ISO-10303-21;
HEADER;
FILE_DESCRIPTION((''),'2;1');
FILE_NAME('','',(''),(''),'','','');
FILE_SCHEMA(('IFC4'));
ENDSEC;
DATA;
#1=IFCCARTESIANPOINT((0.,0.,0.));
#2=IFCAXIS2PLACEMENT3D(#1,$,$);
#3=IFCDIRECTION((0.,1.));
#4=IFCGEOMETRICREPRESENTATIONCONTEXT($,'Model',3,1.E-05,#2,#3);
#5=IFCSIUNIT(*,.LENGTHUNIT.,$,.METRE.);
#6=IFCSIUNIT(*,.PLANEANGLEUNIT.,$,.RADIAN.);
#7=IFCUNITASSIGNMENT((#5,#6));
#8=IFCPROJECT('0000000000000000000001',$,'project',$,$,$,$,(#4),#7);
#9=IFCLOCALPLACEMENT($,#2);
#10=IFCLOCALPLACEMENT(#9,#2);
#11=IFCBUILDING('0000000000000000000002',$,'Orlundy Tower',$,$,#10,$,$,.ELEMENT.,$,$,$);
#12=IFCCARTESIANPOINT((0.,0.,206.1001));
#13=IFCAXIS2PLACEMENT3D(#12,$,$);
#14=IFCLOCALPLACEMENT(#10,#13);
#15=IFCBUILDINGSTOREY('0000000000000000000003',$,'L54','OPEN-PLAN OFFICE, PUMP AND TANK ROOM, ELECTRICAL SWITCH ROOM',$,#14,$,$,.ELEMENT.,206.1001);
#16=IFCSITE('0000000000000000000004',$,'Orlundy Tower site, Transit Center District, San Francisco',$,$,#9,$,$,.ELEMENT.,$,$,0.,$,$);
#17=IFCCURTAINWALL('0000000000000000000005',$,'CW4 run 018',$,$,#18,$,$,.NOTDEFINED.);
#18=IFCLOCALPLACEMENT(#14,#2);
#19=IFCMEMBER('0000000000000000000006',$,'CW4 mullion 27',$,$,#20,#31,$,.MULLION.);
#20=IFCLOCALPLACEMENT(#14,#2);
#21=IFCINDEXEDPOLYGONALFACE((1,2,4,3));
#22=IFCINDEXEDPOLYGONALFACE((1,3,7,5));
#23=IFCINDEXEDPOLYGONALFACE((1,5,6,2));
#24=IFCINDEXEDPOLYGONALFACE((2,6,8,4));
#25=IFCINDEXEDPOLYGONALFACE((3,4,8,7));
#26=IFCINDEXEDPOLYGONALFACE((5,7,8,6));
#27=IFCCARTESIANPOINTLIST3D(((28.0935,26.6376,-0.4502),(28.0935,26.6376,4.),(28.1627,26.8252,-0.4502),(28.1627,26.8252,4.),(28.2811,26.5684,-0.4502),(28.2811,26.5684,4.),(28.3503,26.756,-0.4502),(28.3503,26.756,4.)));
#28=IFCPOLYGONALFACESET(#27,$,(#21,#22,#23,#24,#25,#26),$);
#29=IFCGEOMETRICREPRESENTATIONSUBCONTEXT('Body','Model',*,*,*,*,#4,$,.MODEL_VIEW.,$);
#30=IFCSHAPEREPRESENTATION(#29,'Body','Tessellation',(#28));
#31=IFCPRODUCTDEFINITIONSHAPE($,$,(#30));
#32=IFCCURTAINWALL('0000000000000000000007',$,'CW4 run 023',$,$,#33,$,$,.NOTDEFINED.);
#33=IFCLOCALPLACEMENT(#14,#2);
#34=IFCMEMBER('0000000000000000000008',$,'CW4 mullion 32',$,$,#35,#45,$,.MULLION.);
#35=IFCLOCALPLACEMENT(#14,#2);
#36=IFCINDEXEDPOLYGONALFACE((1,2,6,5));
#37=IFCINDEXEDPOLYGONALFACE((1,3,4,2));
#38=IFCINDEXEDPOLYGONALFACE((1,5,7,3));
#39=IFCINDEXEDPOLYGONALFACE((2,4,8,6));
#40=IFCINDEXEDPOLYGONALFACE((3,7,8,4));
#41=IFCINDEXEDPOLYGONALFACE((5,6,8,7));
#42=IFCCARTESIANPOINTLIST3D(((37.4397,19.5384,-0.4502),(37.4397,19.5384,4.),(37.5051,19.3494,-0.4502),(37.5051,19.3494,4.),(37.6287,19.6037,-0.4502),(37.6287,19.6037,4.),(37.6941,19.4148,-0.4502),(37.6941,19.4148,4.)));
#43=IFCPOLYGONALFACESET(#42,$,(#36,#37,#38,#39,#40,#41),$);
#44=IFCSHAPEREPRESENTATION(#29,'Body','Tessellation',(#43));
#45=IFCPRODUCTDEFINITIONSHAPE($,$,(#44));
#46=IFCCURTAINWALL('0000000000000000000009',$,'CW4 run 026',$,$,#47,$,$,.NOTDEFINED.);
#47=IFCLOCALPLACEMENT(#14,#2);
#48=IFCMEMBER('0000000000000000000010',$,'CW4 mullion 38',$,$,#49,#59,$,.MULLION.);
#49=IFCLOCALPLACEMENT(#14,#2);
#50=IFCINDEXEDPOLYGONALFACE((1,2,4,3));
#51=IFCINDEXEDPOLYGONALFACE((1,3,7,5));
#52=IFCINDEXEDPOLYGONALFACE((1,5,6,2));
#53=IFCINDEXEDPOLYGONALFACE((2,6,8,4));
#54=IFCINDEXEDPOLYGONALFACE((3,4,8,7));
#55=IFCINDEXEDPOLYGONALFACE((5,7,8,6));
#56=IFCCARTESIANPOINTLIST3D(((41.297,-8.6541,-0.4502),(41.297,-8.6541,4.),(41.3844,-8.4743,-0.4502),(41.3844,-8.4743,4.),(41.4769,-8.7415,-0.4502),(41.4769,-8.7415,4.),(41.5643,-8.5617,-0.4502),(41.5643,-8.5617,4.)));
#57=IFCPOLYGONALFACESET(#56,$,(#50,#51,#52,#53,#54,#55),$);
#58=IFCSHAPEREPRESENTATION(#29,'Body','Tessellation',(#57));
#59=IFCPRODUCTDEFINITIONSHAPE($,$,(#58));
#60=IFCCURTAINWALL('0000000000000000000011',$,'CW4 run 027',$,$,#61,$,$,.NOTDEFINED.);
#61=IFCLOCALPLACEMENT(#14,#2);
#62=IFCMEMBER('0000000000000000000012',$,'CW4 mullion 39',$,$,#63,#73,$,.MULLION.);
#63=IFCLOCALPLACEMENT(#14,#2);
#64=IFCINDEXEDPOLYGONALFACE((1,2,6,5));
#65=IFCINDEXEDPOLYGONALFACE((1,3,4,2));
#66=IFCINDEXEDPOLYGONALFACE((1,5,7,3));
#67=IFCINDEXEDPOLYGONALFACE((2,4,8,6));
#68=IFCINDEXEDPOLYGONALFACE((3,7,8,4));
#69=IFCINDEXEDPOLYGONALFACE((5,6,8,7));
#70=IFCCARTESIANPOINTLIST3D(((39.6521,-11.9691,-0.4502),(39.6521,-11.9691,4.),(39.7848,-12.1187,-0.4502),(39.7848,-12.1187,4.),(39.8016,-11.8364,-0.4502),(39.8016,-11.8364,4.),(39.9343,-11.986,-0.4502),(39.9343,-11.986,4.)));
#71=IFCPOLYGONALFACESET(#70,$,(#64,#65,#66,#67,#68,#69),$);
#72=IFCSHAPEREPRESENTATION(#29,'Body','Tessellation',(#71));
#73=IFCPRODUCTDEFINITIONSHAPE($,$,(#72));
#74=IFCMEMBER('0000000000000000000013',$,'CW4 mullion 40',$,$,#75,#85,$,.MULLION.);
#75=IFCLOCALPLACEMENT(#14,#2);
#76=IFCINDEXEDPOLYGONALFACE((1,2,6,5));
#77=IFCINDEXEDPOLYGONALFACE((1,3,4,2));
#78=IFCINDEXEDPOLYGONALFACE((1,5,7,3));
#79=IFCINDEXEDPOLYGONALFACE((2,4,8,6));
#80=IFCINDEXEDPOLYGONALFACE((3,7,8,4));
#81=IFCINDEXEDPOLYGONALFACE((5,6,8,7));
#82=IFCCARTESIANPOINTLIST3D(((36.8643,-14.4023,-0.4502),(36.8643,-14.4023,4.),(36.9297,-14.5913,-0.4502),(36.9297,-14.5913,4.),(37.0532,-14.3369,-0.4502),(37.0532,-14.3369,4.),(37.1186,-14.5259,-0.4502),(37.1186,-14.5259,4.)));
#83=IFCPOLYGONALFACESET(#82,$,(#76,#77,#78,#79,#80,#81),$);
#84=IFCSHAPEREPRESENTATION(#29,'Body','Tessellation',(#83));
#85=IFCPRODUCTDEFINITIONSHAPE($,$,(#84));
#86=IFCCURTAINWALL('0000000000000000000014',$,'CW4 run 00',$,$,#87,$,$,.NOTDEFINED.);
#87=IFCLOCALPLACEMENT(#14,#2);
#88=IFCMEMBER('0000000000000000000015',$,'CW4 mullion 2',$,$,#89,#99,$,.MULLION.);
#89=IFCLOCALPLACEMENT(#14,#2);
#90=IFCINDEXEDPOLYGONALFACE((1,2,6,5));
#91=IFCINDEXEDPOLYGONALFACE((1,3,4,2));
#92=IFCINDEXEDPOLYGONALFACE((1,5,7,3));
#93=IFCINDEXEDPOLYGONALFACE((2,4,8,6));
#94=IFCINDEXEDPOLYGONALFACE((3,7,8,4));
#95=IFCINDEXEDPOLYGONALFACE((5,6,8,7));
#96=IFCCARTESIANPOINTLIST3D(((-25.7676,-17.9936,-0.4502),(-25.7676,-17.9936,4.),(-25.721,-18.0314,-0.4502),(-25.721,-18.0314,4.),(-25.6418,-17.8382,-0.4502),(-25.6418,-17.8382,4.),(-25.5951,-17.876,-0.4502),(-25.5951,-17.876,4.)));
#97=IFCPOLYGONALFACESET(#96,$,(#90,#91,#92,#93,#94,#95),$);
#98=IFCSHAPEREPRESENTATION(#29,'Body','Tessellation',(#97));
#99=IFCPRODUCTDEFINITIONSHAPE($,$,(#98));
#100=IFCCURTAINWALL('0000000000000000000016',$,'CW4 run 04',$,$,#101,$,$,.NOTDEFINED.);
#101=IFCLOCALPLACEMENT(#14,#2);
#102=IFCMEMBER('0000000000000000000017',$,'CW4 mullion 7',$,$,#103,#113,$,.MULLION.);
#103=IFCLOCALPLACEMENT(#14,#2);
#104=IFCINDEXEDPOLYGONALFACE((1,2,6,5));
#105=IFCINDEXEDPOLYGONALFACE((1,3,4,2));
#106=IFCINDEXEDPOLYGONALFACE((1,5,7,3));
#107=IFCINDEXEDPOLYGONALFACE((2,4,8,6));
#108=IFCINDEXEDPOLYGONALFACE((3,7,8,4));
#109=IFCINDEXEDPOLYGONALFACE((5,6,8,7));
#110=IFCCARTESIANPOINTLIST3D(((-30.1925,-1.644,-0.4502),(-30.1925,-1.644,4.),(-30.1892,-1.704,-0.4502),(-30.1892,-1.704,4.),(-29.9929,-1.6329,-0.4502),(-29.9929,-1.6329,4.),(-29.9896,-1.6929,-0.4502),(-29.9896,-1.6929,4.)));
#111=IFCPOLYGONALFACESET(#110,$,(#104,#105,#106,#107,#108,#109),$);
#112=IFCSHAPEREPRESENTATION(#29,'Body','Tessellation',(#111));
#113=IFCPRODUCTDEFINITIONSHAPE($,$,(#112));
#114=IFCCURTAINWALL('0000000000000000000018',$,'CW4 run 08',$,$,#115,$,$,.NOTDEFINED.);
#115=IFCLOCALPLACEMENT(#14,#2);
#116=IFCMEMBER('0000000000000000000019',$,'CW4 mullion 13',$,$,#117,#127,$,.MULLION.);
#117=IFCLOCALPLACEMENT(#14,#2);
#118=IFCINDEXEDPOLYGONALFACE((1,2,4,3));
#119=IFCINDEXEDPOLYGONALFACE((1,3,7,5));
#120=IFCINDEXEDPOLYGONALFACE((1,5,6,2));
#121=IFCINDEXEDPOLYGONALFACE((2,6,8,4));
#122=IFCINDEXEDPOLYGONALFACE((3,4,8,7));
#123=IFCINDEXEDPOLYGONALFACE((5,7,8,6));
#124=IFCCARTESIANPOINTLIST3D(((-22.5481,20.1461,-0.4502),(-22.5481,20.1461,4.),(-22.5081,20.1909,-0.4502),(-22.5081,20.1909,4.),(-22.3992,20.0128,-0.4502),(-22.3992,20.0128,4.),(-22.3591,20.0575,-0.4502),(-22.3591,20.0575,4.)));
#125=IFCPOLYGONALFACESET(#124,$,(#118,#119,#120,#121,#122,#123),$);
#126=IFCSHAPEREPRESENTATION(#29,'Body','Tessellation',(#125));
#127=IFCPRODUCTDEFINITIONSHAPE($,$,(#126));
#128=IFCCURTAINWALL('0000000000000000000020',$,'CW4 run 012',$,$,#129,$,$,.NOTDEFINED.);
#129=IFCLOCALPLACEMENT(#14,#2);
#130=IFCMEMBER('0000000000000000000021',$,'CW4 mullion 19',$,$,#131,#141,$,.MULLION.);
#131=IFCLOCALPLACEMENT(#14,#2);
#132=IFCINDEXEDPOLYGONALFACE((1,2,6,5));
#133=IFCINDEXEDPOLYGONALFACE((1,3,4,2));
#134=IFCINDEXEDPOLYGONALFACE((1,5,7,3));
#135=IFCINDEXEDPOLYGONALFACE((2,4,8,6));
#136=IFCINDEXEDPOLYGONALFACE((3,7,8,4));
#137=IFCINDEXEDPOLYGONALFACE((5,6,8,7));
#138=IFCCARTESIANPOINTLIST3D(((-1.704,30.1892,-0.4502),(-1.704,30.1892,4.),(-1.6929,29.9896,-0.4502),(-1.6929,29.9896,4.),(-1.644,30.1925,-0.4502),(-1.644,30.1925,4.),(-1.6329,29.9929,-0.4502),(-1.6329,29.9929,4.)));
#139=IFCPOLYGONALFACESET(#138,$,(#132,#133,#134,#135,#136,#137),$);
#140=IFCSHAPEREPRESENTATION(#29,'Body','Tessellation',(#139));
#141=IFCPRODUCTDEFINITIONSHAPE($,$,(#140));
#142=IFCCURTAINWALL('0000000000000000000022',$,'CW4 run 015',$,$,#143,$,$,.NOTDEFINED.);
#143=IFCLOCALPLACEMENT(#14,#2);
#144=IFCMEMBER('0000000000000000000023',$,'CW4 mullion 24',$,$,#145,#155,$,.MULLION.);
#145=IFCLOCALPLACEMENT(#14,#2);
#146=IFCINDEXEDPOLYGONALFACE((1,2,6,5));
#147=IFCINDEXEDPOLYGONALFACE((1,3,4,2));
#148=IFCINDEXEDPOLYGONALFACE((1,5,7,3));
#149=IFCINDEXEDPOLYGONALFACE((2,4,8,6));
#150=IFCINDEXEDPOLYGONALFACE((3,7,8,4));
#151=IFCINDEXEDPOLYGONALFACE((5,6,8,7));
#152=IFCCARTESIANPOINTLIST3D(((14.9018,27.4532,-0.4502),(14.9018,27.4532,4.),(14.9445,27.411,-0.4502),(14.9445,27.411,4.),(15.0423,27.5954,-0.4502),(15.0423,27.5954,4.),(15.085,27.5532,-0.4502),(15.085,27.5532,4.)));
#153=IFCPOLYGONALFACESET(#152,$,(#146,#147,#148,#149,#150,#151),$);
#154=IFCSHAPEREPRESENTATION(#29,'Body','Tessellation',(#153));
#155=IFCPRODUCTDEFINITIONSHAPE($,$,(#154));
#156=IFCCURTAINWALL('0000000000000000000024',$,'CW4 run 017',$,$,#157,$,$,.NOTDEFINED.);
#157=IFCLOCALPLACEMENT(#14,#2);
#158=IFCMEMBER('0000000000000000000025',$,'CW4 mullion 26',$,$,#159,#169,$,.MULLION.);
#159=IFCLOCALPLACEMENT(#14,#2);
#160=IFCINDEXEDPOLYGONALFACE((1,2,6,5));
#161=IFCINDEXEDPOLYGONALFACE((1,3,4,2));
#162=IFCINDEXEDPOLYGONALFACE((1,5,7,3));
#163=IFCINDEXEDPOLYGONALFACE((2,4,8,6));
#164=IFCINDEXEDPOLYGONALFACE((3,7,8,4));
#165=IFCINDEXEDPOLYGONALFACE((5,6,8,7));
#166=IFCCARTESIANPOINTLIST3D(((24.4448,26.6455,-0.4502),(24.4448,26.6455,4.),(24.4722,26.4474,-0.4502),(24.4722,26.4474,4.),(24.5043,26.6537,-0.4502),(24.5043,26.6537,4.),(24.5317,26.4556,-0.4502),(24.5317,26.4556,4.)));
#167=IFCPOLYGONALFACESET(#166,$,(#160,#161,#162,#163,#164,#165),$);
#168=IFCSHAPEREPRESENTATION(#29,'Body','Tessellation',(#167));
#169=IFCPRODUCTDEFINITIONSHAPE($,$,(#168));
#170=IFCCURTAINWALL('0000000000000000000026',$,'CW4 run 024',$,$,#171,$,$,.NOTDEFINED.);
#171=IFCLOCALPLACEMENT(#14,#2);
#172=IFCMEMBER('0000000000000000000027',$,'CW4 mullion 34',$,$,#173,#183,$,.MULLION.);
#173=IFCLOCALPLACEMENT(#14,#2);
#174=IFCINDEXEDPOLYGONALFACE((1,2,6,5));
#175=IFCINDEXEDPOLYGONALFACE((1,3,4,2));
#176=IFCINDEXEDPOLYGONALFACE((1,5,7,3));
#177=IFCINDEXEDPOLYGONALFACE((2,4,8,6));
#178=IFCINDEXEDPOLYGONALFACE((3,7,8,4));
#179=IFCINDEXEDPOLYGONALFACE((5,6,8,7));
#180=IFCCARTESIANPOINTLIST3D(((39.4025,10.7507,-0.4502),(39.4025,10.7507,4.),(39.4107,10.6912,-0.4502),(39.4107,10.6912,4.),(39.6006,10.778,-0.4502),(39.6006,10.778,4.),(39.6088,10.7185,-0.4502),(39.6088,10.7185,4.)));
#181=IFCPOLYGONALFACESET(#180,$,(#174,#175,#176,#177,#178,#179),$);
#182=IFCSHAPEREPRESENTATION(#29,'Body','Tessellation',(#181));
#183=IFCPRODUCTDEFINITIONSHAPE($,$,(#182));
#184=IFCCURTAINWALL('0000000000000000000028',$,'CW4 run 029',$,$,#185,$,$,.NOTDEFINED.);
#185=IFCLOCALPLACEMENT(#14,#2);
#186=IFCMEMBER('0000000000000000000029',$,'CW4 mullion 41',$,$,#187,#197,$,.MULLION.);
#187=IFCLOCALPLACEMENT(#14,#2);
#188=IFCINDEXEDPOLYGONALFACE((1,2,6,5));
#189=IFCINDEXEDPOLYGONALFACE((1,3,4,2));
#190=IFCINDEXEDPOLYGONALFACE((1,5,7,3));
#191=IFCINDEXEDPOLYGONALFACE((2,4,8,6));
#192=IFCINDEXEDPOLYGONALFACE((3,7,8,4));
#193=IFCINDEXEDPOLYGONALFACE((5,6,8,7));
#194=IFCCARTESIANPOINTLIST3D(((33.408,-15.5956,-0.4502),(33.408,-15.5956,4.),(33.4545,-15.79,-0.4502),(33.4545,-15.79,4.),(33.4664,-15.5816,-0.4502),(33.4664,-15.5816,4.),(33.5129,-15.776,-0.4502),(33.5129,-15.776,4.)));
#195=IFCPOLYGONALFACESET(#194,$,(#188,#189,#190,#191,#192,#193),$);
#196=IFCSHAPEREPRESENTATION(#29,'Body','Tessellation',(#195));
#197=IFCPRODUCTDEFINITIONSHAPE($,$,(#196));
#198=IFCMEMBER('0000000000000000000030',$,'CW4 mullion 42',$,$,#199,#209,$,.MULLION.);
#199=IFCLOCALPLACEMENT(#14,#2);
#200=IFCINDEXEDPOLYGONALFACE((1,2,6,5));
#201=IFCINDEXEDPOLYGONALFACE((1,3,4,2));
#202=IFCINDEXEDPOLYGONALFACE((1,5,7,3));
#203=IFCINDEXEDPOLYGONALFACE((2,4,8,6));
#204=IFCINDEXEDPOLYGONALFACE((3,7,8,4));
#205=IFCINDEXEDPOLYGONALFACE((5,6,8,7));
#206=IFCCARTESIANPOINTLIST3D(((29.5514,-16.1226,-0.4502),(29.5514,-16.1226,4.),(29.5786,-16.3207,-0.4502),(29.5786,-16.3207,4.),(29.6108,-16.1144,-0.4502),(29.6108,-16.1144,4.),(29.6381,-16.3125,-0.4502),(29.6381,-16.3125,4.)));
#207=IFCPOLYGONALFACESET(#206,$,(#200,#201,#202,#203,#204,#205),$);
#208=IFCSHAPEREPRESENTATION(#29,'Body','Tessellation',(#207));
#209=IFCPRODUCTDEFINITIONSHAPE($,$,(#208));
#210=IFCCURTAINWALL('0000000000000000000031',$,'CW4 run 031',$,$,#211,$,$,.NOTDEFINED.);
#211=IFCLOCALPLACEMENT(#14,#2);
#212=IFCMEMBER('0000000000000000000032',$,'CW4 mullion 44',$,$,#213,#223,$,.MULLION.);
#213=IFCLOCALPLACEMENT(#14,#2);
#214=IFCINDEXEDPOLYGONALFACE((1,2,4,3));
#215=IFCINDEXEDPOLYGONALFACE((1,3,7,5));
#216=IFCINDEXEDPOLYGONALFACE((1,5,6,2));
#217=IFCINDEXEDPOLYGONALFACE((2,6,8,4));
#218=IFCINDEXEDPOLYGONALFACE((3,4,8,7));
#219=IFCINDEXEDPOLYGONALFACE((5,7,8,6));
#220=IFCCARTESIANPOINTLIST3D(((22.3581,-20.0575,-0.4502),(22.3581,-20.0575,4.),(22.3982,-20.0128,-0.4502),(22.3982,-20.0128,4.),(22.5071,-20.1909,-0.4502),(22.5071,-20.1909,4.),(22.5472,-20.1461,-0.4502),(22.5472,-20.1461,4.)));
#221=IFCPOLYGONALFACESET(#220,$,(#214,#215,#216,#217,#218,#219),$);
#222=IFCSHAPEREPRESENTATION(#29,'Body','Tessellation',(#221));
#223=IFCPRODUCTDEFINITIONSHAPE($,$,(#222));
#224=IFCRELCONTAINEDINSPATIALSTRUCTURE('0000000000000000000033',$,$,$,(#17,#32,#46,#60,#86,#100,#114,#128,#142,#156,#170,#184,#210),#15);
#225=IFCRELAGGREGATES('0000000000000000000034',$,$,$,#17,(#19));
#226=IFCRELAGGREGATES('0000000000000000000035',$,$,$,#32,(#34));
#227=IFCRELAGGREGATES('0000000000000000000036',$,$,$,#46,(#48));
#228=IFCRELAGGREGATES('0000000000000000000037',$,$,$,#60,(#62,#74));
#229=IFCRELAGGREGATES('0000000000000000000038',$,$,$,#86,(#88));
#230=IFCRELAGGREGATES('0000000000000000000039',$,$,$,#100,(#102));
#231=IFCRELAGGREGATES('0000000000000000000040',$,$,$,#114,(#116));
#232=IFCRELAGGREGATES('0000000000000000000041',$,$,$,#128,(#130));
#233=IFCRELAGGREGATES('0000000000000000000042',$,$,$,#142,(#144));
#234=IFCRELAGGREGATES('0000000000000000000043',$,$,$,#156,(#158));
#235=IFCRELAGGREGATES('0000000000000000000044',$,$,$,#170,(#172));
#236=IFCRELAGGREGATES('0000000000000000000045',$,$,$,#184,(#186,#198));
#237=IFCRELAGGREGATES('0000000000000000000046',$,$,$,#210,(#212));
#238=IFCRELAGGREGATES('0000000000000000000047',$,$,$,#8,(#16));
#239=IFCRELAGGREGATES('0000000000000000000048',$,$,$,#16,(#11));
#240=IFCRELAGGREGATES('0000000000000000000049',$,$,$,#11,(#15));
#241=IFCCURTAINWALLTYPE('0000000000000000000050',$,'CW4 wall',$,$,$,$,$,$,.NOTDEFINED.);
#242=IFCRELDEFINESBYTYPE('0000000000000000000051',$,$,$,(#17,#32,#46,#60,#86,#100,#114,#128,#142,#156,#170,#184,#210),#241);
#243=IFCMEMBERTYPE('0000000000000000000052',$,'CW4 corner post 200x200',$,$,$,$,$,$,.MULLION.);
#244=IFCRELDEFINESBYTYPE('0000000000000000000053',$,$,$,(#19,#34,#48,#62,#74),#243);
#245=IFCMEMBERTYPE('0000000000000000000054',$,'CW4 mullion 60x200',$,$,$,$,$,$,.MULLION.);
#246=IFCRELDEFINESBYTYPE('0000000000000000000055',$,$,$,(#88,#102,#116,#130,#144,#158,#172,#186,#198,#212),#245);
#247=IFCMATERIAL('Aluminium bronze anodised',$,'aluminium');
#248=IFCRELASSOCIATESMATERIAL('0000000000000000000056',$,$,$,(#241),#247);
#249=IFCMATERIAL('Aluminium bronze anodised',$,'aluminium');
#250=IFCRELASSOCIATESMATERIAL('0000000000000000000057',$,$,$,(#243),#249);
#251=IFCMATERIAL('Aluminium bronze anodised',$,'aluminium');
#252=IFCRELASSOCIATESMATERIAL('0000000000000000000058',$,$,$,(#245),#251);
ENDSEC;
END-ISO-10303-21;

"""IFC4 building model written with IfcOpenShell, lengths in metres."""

from ifc_helpers import new_model, si_unit, direction, frame, origin, origin_2d, place, context, subcontext, project, spatial, rectangle, extrude, material, material_profile, profile_set, type_object, element, aggregate, save


model = new_model("IFC4")

# Units and contexts
model_context = context("Model", 3, precision=1e-05, world=origin(), true_north=direction((0.0, 1.0)))
body_context = subcontext(model_context, "Body", "Model", "MODEL_VIEW")
ifc_project = project(units=[si_unit("LENGTHUNIT", "METRE"), si_unit("PLANEANGLEUNIT", "RADIAN")], contexts=[model_context])

# Site, building, storey
site_placement = place(None, origin())
site = spatial("IfcSite", under=ifc_project, at=site_placement, Name="Orlundy Tower site, Transit Center District, San Francisco", CompositionType="ELEMENT", RefElevation=0.0)
building_placement = place(site_placement, origin())
building = spatial("IfcBuilding", under=site, at=building_placement, Name="Orlundy Tower", CompositionType="ELEMENT")
storey_placement = place(building_placement, frame((0.0, 0.0, 206.1001)))
storey = spatial("IfcBuildingStorey", under=building, at=storey_placement, Name="L54", Description="OPEN-PLAN OFFICE, PUMP AND TANK ROOM, ELECTRICAL SWITCH ROOM", CompositionType="ELEMENT", Elevation=206.1001)

# Curtain walls, members
ifc_material_1 = material(Name="Aluminium bronze anodised", Category="aluminium")
curtain_wall_type = type_object("IfcCurtainWallType", Name="CW4 wall", PredefinedType="NOTDEFINED", material=ifc_material_1)
curtain_wall_1_placement = place(storey_placement, origin())
curtain_wall_1 = element("IfcCurtainWall", 1, at=curtain_wall_1_placement, inside=storey, type_object=curtain_wall_type, Name="CW4 run 018", PredefinedType="NOTDEFINED")
ifc_material_2 = material(Name="Aluminium bronze anodised", Category="aluminium")
ifc_material_profile_1 = material_profile(ifc_material_2, rectangle(XDim=0.2, YDim=0.2, at=origin_2d()), Name="CW4 corner post 200x200")
ifc_profile_set_1 = profile_set([ifc_material_profile_1], Name="Aluminium bronze anodised")
member_type_1 = type_object("IfcMemberType", Name="CW4 corner post 200x200", PredefinedType="MULLION", material=ifc_profile_set_1)
member_1_placement = place(storey_placement, frame((28.2219, 26.6968, -0.4502), z_axis=(0.0, 0.0, 1.0), x_axis=(0.346093, 0.9382, 0.0)))
member_1 = element("IfcMember", 2, at=member_1_placement, type_object=member_type_1, Name="CW4 mullion 27", PredefinedType="MULLION", context=body_context, shape_type="SweptSolid", body=[
    extrude(rectangle(XDim=0.2, YDim=0.2, at=origin_2d()), origin(), (0.0, 0.0, 1.0), 4.4502),
])
aggregate(curtain_wall_1, [member_1])
curtain_wall_2_placement = place(storey_placement, origin())
curtain_wall_2 = element("IfcCurtainWall", 3, at=curtain_wall_2_placement, inside=storey, type_object=curtain_wall_type, Name="CW4 run 023", PredefinedType="NOTDEFINED")
member_2_placement = place(storey_placement, frame((37.5669, 19.4766, -0.4502), z_axis=(0.0, 0.0, 1.0), x_axis=(0.945034, 0.326972, 0.0)))
member_2 = element("IfcMember", 4, at=member_2_placement, type_object=member_type_1, Name="CW4 mullion 32", PredefinedType="MULLION", context=body_context, shape_type="SweptSolid", body=[
    extrude(rectangle(XDim=0.2, YDim=0.2, at=origin_2d()), origin(), (0.0, 0.0, 1.0), 4.4502),
])
aggregate(curtain_wall_2, [member_2])
curtain_wall_3_placement = place(storey_placement, origin())
curtain_wall_3 = element("IfcCurtainWall", 5, at=curtain_wall_3_placement, inside=storey, type_object=curtain_wall_type, Name="CW4 run 026", PredefinedType="NOTDEFINED")
member_3_placement = place(storey_placement, frame((41.4307, -8.6079, -0.4502), z_axis=(0.0, 0.0, 1.0), x_axis=(0.899442, -0.437041, 0.0)))
member_3 = element("IfcMember", 6, at=member_3_placement, type_object=member_type_1, Name="CW4 mullion 38", PredefinedType="MULLION", context=body_context, shape_type="SweptSolid", body=[
    extrude(rectangle(XDim=0.2, YDim=0.2, at=origin_2d()), origin(), (0.0, 0.0, 1.0), 4.4502),
])
aggregate(curtain_wall_3, [member_3])

# Curtain wall, members
curtain_wall_4_placement = place(storey_placement, origin())
curtain_wall_4 = element("IfcCurtainWall", 7, at=curtain_wall_4_placement, inside=storey, type_object=curtain_wall_type, Name="CW4 run 027", PredefinedType="NOTDEFINED")
member_4_placement = place(storey_placement, frame((39.7932, -11.9775, -0.4502), z_axis=(0.0, 0.0, 1.0), x_axis=(0.663761, -0.747945, 0.0)))
member_4 = element("IfcMember", 8, at=member_4_placement, type_object=member_type_1, Name="CW4 mullion 39", PredefinedType="MULLION", context=body_context, shape_type="SweptSolid", body=[
    extrude(rectangle(XDim=0.2, YDim=0.2, at=origin_2d()), origin(), (0.0, 0.0, 1.0), 4.4502),
])
member_5_placement = place(storey_placement, frame((36.9915, -14.4641, -0.4502), z_axis=(0.0, 0.0, 1.0), x_axis=(0.326972, -0.945034, 0.0)))
member_5 = element("IfcMember", 9, at=member_5_placement, type_object=member_type_1, Name="CW4 mullion 40", PredefinedType="MULLION", context=body_context, shape_type="SweptSolid", body=[
    extrude(rectangle(XDim=0.2, YDim=0.2, at=origin_2d()), origin(), (0.0, 0.0, 1.0), 4.4502),
])
aggregate(curtain_wall_4, [member_4, member_5])

# Curtain walls, members
curtain_wall_5_placement = place(storey_placement, origin())
curtain_wall_5 = element("IfcCurtainWall", 10, at=curtain_wall_5_placement, inside=storey, type_object=curtain_wall_type, Name="CW4 run 00", PredefinedType="NOTDEFINED")
ifc_material_3 = material(Name="Aluminium bronze anodised", Category="aluminium")
ifc_material_profile_2 = material_profile(ifc_material_3, rectangle(XDim=0.2, YDim=0.0601, at=origin_2d()), Name="CW4 mullion 60x200")
ifc_profile_set_2 = profile_set([ifc_material_profile_2], Name="Aluminium bronze anodised")
member_type_2 = type_object("IfcMemberType", Name="CW4 mullion 60x200", PredefinedType="MULLION", material=ifc_profile_set_2)
member_6_placement = place(storey_placement, frame((-25.6814, -17.9348, -0.4502), z_axis=(0.0, 0.0, 1.0), x_axis=(-0.629263, -0.777192, 0.0)))
member_6 = element("IfcMember", 11, at=member_6_placement, type_object=member_type_2, Name="CW4 mullion 2", PredefinedType="MULLION", context=body_context, shape_type="SweptSolid", body=[
    extrude(rectangle(XDim=0.2, YDim=0.0601, at=origin_2d()), origin(), (0.0, 0.0, 1.0), 4.4502),
])
aggregate(curtain_wall_5, [member_6])
curtain_wall_6_placement = place(storey_placement, origin())
curtain_wall_6 = element("IfcCurtainWall", 12, at=curtain_wall_6_placement, inside=storey, type_object=curtain_wall_type, Name="CW4 run 04", PredefinedType="NOTDEFINED")
member_7_placement = place(storey_placement, frame((-30.0911, -1.6685, -0.4502), z_axis=(0.0, 0.0, 1.0), x_axis=(-0.998472, -0.055255, 0.0)))
member_7 = element("IfcMember", 13, at=member_7_placement, type_object=member_type_2, Name="CW4 mullion 7", PredefinedType="MULLION", context=body_context, shape_type="SweptSolid", body=[
    extrude(rectangle(XDim=0.2, YDim=0.0601, at=origin_2d()), origin(), (0.0, 0.0, 1.0), 4.4502),
])
aggregate(curtain_wall_6, [member_7])
curtain_wall_7_placement = place(storey_placement, origin())
curtain_wall_7 = element("IfcCurtainWall", 14, at=curtain_wall_7_placement, inside=storey, type_object=curtain_wall_type, Name="CW4 run 08", PredefinedType="NOTDEFINED")
member_8_placement = place(storey_placement, frame((-22.4536, 20.1018, -0.4502), z_axis=(0.0, 0.0, 1.0), x_axis=(-0.745082, 0.666973, 0.0)))
member_8 = element("IfcMember", 15, at=member_8_placement, type_object=member_type_2, Name="CW4 mullion 13", PredefinedType="MULLION", context=body_context, shape_type="SweptSolid", body=[
    extrude(rectangle(XDim=0.2, YDim=0.0601, at=origin_2d()), origin(), (0.0, 0.0, 1.0), 4.4502),
])
aggregate(curtain_wall_7, [member_8])
curtain_wall_8_placement = place(storey_placement, origin())
curtain_wall_8 = element("IfcCurtainWall", 16, at=curtain_wall_8_placement, inside=storey, type_object=curtain_wall_type, Name="CW4 run 012", PredefinedType="NOTDEFINED")
member_9_placement = place(storey_placement, frame((-1.6685, 30.0911, -0.4502), z_axis=(0.0, 0.0, 1.0), x_axis=(-0.055255, 0.998472, 0.0)))
member_9 = element("IfcMember", 17, at=member_9_placement, type_object=member_type_2, Name="CW4 mullion 19", PredefinedType="MULLION", context=body_context, shape_type="SweptSolid", body=[
    extrude(rectangle(XDim=0.2, YDim=0.0601, at=origin_2d()), origin(), (0.0, 0.0, 1.0), 4.4502),
])
aggregate(curtain_wall_8, [member_9])
curtain_wall_9_placement = place(storey_placement, origin())
curtain_wall_9 = element("IfcCurtainWall", 18, at=curtain_wall_9_placement, inside=storey, type_object=curtain_wall_type, Name="CW4 run 015", PredefinedType="NOTDEFINED")
member_10_placement = place(storey_placement, frame((14.9934, 27.5032, -0.4502), z_axis=(0.0, 0.0, 1.0), x_axis=(0.702967, 0.711222, 0.0)))
member_10 = element("IfcMember", 19, at=member_10_placement, type_object=member_type_2, Name="CW4 mullion 24", PredefinedType="MULLION", context=body_context, shape_type="SweptSolid", body=[
    extrude(rectangle(XDim=0.2, YDim=0.0601, at=origin_2d()), origin(), (0.0, 0.0, 1.0), 4.4502),
])
aggregate(curtain_wall_9, [member_10])
curtain_wall_10_placement = place(storey_placement, origin())
curtain_wall_10 = element("IfcCurtainWall", 20, at=curtain_wall_10_placement, inside=storey, type_object=curtain_wall_type, Name="CW4 run 017", PredefinedType="NOTDEFINED")
member_11_placement = place(storey_placement, frame((24.4883, 26.5505, -0.4502), z_axis=(0.0, 0.0, 1.0), x_axis=(-0.136978, 0.990574, 0.0)))
member_11 = element("IfcMember", 21, at=member_11_placement, type_object=member_type_2, Name="CW4 mullion 26", PredefinedType="MULLION", context=body_context, shape_type="SweptSolid", body=[
    extrude(rectangle(XDim=0.2, YDim=0.0601, at=origin_2d()), origin(), (0.0, 0.0, 1.0), 4.4502),
])
aggregate(curtain_wall_10, [member_11])
curtain_wall_11_placement = place(storey_placement, origin())
curtain_wall_11 = element("IfcCurtainWall", 22, at=curtain_wall_11_placement, inside=storey, type_object=curtain_wall_type, Name="CW4 run 024", PredefinedType="NOTDEFINED")
member_12_placement = place(storey_placement, frame((39.5056, 10.7346, -0.4502), z_axis=(0.0, 0.0, 1.0), x_axis=(0.99067, 0.136286, 0.0)))
member_12 = element("IfcMember", 23, at=member_12_placement, type_object=member_type_2, Name="CW4 mullion 34", PredefinedType="MULLION", context=body_context, shape_type="SweptSolid", body=[
    extrude(rectangle(XDim=0.2, YDim=0.0601, at=origin_2d()), origin(), (0.0, 0.0, 1.0), 4.4502),
])
aggregate(curtain_wall_11, [member_12])

# Curtain wall, members
curtain_wall_12_placement = place(storey_placement, origin())
curtain_wall_12 = element("IfcCurtainWall", 24, at=curtain_wall_12_placement, inside=storey, type_object=curtain_wall_type, Name="CW4 run 029", PredefinedType="NOTDEFINED")
member_13_placement = place(storey_placement, frame((33.4604, -15.6858, -0.4502), z_axis=(0.0, 0.0, 1.0), x_axis=(0.232754, -0.972536, 0.0)))
member_13 = element("IfcMember", 25, at=member_13_placement, type_object=member_type_2, Name="CW4 mullion 41", PredefinedType="MULLION", context=body_context, shape_type="SweptSolid", body=[
    extrude(rectangle(XDim=0.2, YDim=0.0601, at=origin_2d()), origin(), (0.0, 0.0, 1.0), 4.4502),
])
member_14_placement = place(storey_placement, frame((29.5947, -16.2175, -0.4502), z_axis=(0.0, 0.0, 1.0), x_axis=(0.136294, -0.990668, 0.0)))
member_14 = element("IfcMember", 26, at=member_14_placement, type_object=member_type_2, Name="CW4 mullion 42", PredefinedType="MULLION", context=body_context, shape_type="SweptSolid", body=[
    extrude(rectangle(XDim=0.2, YDim=0.0601, at=origin_2d()), origin(), (0.0, 0.0, 1.0), 4.4502),
])
aggregate(curtain_wall_12, [member_13, member_14])

# Curtain wall, member
curtain_wall_13_placement = place(storey_placement, origin())
curtain_wall_13 = element("IfcCurtainWall", 27, at=curtain_wall_13_placement, inside=storey, type_object=curtain_wall_type, Name="CW4 run 031", PredefinedType="NOTDEFINED")
member_15_placement = place(storey_placement, frame((22.4526, -20.1018, -0.4502), z_axis=(0.0, 0.0, 1.0), x_axis=(0.745078, -0.666978, 0.0)))
member_15 = element("IfcMember", 28, at=member_15_placement, type_object=member_type_2, Name="CW4 mullion 44", PredefinedType="MULLION", context=body_context, shape_type="SweptSolid", body=[
    extrude(rectangle(XDim=0.2, YDim=0.0601, at=origin_2d()), origin(), (0.0, 0.0, 1.0), 4.4502),
])
aggregate(curtain_wall_13, [member_15])

save(model, "model.ifc")
